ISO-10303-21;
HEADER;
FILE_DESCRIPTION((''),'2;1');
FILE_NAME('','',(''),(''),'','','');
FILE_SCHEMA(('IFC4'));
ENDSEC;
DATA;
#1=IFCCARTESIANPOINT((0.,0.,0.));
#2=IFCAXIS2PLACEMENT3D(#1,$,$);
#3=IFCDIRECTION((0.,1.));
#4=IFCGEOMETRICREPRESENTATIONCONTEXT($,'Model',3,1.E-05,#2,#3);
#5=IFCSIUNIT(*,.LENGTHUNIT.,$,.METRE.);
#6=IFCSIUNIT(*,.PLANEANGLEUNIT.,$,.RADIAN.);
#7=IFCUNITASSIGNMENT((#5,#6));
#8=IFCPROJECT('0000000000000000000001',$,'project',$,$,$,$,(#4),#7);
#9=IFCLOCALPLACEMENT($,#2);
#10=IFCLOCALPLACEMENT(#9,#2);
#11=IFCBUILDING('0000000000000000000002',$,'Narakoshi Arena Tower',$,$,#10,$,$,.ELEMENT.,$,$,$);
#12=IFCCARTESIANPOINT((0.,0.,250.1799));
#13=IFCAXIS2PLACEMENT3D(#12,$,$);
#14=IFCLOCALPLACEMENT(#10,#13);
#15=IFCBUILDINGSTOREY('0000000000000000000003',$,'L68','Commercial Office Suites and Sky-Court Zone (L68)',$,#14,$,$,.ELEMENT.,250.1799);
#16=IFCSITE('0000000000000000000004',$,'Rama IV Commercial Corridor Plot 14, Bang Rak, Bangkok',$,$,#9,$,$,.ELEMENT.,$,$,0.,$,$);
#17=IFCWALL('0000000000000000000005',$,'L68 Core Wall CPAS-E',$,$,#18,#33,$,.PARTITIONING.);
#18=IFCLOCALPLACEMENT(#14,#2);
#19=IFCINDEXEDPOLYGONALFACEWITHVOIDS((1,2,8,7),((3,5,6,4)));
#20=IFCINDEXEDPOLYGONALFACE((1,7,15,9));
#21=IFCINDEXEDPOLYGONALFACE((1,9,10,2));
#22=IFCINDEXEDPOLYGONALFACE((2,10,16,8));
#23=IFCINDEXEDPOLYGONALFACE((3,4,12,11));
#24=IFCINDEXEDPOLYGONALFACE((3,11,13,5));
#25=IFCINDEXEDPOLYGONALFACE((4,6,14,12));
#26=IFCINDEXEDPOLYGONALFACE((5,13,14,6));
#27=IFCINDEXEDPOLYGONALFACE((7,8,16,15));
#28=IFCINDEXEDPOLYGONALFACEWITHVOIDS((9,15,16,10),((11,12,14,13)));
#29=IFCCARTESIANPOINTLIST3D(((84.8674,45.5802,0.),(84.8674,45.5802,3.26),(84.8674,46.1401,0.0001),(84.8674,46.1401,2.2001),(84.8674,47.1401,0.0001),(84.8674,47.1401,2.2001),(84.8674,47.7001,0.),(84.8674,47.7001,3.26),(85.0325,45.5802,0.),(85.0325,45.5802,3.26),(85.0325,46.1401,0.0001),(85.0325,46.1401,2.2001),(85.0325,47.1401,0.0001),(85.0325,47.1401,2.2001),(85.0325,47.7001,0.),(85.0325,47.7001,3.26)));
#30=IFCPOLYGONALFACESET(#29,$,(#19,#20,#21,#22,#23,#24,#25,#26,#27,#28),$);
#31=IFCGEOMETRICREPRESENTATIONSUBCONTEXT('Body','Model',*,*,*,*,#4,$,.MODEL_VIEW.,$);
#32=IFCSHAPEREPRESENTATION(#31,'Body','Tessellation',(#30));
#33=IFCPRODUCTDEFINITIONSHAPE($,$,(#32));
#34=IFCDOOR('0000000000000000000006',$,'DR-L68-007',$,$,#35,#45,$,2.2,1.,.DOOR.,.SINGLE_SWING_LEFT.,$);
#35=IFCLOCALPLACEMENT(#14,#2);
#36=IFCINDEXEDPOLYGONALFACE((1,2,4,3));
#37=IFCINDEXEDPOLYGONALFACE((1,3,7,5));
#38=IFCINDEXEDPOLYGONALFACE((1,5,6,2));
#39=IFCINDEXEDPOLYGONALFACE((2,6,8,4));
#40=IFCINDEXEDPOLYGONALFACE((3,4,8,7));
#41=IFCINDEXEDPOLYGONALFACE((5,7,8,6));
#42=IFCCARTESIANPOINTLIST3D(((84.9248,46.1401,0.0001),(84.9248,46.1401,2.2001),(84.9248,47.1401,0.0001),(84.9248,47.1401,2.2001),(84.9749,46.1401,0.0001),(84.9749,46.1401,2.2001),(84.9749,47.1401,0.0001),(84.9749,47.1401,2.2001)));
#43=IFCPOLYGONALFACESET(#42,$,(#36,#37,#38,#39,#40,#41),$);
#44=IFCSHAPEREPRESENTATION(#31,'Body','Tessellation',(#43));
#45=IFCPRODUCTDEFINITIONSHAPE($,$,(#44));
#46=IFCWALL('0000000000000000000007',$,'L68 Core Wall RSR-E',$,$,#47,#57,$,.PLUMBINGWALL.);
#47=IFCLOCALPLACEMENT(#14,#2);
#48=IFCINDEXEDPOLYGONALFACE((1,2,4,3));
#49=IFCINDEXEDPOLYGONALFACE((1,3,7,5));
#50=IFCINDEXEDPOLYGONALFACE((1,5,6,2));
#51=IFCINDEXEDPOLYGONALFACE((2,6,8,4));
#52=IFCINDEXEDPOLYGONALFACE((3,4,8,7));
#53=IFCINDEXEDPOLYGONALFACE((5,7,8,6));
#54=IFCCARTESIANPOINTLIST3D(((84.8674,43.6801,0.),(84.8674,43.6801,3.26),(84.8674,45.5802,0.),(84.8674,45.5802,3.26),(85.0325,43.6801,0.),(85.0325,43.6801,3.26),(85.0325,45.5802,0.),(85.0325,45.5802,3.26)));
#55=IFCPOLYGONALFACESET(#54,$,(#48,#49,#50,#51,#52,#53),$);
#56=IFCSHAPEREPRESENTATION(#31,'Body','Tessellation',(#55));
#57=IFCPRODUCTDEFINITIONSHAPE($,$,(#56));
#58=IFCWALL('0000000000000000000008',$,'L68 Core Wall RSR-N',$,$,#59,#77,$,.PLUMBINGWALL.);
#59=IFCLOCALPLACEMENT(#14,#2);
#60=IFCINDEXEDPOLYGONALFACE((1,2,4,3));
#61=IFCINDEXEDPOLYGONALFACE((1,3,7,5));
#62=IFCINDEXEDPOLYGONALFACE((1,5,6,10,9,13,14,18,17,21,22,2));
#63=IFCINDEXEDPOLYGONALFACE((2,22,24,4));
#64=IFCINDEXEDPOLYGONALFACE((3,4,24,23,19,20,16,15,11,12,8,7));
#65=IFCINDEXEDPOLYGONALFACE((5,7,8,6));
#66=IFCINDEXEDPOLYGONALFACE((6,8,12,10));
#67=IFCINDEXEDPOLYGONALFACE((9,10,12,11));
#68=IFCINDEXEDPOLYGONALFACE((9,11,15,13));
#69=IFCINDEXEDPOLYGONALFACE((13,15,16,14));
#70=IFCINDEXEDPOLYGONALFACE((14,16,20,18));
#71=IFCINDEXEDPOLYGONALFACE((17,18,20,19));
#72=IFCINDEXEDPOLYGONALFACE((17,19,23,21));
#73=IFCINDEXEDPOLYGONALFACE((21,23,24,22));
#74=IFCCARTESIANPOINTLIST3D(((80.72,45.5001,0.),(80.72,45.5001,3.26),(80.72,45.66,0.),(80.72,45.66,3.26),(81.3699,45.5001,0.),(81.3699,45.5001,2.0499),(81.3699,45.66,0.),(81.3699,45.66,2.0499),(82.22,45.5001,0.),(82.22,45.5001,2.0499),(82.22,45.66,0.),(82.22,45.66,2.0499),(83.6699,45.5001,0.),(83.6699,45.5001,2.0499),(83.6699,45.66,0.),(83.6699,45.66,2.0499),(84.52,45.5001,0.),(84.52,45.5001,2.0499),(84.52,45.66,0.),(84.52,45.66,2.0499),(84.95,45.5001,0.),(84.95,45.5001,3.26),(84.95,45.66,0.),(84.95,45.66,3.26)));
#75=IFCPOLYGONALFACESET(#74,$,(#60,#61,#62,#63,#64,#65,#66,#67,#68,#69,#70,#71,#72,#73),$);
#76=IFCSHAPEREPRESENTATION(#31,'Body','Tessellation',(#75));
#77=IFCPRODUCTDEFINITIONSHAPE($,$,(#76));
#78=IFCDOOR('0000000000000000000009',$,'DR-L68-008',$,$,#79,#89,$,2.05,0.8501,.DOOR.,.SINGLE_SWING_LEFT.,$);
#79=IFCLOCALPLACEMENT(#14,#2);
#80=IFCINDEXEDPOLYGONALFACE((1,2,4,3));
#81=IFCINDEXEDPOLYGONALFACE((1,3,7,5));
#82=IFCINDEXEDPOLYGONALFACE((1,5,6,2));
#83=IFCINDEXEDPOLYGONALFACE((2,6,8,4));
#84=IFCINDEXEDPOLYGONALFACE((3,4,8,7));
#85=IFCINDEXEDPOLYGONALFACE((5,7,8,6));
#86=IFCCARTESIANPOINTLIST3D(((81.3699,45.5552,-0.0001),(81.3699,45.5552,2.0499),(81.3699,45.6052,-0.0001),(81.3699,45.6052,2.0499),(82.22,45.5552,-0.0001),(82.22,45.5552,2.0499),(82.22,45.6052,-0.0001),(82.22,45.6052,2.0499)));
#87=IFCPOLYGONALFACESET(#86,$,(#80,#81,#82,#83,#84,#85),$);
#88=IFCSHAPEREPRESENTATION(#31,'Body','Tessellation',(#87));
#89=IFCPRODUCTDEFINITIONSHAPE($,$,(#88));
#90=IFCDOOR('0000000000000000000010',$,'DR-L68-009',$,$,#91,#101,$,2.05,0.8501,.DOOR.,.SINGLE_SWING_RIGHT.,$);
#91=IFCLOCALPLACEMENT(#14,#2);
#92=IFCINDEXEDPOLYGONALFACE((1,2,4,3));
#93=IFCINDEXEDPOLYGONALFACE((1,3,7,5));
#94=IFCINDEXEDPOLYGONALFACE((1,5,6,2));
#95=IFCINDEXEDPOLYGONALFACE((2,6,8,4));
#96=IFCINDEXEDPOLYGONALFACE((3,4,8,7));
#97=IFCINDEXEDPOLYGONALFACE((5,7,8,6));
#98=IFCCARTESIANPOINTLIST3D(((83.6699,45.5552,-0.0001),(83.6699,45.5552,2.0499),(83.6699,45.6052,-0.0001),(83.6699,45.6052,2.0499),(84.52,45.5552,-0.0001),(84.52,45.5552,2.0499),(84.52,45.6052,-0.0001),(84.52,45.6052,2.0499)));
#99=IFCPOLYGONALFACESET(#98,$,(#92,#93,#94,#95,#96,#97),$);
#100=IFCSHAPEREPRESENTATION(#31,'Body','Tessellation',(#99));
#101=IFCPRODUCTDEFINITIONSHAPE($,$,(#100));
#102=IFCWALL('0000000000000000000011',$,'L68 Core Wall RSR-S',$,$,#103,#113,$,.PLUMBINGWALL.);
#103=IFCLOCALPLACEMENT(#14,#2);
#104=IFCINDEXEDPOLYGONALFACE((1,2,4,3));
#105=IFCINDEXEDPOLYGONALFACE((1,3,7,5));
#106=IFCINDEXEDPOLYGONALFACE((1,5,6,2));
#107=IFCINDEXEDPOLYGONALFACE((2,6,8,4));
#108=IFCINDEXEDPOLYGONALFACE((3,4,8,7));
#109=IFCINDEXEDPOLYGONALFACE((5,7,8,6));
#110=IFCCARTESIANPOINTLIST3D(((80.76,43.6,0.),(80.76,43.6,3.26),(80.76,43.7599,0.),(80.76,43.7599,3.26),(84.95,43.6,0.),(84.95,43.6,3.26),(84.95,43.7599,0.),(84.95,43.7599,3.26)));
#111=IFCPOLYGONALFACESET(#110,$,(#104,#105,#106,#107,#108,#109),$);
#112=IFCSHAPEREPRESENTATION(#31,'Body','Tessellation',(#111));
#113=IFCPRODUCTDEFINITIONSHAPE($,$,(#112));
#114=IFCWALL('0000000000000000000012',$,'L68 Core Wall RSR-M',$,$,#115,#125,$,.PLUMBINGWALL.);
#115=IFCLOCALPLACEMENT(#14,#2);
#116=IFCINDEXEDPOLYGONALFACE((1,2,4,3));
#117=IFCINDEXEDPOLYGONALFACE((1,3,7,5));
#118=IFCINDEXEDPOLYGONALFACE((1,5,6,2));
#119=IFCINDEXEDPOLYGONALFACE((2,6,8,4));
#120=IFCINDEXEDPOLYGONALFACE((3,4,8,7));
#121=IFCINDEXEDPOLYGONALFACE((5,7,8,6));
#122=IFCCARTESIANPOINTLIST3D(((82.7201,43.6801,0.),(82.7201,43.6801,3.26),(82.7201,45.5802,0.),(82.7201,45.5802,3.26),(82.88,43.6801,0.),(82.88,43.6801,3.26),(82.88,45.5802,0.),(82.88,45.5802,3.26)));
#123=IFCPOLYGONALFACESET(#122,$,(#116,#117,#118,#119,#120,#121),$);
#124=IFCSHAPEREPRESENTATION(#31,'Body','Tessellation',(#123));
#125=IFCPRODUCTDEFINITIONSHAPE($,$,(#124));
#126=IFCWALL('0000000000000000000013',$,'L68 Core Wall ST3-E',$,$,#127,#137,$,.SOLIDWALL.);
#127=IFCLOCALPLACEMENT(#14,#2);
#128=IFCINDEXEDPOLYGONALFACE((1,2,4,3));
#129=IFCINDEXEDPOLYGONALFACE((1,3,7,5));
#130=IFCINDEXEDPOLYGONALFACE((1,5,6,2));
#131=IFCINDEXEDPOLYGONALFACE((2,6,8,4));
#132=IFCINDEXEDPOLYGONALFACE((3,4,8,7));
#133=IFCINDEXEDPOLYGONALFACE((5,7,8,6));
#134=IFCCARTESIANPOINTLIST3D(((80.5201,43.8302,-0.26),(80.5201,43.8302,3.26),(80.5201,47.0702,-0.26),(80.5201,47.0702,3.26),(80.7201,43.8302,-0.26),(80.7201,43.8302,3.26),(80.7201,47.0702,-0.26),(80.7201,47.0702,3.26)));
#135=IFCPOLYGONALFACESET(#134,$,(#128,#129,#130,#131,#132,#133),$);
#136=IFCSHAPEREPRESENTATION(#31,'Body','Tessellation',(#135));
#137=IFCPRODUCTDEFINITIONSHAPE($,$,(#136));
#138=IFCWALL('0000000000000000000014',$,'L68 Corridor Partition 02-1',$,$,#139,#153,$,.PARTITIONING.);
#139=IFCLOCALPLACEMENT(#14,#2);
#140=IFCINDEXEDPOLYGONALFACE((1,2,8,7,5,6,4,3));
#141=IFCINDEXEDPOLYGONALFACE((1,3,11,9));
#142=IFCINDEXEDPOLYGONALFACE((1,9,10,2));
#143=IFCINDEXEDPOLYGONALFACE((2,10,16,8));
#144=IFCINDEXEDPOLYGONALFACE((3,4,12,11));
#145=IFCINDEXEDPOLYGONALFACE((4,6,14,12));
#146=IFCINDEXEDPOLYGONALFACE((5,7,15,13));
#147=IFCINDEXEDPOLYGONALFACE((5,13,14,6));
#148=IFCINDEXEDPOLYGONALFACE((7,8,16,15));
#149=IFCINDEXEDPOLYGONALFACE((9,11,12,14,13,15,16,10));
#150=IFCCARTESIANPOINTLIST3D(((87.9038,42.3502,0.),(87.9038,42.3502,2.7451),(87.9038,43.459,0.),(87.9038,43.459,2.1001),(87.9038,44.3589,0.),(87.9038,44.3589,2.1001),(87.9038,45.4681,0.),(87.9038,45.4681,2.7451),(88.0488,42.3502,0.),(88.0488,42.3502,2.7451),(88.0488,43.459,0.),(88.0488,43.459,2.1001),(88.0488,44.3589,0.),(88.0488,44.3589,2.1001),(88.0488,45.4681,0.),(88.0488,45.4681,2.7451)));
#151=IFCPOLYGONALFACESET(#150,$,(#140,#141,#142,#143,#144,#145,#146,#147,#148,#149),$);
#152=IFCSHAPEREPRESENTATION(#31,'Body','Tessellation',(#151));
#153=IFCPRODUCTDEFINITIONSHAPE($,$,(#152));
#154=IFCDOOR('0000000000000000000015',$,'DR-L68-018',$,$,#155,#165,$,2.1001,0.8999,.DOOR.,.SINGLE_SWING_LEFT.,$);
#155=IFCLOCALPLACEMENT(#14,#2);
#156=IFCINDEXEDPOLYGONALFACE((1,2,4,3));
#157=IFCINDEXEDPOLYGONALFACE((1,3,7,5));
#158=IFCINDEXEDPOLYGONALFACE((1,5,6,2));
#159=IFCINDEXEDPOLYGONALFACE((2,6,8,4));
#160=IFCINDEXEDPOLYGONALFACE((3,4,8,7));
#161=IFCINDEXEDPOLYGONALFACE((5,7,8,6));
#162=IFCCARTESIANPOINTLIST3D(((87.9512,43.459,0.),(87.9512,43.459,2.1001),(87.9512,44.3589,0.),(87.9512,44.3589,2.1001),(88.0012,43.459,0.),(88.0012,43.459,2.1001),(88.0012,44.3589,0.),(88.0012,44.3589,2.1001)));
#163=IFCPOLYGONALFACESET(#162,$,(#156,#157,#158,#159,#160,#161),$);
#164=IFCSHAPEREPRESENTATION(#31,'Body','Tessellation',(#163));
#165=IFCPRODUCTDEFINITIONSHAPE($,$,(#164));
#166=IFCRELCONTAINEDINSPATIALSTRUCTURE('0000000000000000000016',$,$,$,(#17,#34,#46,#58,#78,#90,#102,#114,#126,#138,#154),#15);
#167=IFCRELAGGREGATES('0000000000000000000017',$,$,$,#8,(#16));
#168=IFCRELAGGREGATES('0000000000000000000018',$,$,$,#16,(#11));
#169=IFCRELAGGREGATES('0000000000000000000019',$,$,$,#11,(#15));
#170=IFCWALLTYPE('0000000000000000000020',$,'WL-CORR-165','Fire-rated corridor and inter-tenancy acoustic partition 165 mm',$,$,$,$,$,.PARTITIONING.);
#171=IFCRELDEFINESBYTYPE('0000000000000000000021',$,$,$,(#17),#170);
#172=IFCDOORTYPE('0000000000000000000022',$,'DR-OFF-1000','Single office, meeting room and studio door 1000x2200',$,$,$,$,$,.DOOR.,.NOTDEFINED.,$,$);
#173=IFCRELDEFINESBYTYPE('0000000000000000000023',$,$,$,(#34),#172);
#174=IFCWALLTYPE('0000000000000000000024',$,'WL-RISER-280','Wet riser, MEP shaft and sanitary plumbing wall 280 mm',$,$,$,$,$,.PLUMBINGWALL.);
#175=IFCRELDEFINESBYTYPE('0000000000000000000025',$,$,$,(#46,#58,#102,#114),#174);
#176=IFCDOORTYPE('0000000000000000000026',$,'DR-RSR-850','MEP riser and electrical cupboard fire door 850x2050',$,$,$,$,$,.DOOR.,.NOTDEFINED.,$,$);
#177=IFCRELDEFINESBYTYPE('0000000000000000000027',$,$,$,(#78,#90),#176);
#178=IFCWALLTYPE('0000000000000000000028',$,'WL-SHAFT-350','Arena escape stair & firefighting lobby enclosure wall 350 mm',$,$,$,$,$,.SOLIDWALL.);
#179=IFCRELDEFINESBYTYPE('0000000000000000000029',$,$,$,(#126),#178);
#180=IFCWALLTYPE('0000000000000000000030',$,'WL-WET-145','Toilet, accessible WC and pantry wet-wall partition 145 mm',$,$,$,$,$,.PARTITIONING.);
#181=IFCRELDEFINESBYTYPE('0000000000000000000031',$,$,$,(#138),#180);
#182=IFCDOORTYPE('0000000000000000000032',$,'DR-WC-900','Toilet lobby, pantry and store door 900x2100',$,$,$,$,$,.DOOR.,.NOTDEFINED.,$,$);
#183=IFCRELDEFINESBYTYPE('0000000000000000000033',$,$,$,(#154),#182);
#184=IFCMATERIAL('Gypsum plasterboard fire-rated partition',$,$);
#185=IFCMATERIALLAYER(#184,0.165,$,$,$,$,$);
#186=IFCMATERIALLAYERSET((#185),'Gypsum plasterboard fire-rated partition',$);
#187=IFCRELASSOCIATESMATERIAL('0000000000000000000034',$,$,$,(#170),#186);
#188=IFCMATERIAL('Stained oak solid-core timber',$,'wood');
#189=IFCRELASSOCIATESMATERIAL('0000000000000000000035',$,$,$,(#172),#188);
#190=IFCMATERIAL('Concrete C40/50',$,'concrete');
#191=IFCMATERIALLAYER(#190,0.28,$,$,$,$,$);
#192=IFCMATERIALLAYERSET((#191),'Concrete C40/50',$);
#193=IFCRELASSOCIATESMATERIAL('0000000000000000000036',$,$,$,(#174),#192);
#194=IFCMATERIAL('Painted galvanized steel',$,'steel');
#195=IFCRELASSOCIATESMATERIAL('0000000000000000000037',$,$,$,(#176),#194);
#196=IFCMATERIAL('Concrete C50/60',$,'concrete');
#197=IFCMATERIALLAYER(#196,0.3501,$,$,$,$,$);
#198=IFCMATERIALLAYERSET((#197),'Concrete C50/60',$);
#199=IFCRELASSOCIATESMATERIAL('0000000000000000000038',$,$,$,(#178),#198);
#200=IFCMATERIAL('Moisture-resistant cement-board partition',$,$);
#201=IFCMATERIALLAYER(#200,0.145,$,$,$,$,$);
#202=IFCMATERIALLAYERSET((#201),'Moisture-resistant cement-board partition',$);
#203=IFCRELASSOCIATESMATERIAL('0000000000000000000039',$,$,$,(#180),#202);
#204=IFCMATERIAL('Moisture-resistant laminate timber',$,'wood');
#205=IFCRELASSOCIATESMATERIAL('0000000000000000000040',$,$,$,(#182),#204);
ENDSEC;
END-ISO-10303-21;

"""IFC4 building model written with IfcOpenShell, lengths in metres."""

from ifc_helpers import new_model, si_unit, direction, frame, frame_2d, origin, place, context, subcontext, project, spatial, rectangle, extrude, material, layer, layer_set, type_object, element, fill, save


model = new_model("IFC4")

# Units and contexts
model_context = context("Model", 3, precision=1e-05, world=origin(), true_north=direction((0.0, 1.0)))
body_context = subcontext(model_context, "Body", "Model", "MODEL_VIEW")
ifc_project = project(units=[si_unit("LENGTHUNIT", "METRE"), si_unit("PLANEANGLEUNIT", "RADIAN")], contexts=[model_context])

# Site, building, storey
site_placement = place(None, origin())
site = spatial("IfcSite", under=ifc_project, at=site_placement, Name="Rama IV Commercial Corridor Plot 14, Bang Rak, Bangkok", CompositionType="ELEMENT", RefElevation=0.0)
building_placement = place(site_placement, origin())
building = spatial("IfcBuilding", under=site, at=building_placement, Name="Narakoshi Arena Tower", CompositionType="ELEMENT")
storey_placement = place(building_placement, frame((0.0, 0.0, 250.1799)))
storey = spatial("IfcBuildingStorey", under=building, at=storey_placement, Name="L68", Description="Commercial Office Suites and Sky-Court Zone (L68)", CompositionType="ELEMENT", Elevation=250.1799)

# Shared definitions
ifc_material_1 = material(Name="Concrete C50/60", Category="concrete")

# Wall, opening, door
ifc_material_2 = material(Name="Gypsum plasterboard fire-rated partition")
ifc_layer_1 = layer(ifc_material_2, 0.165)
ifc_layer_set_1 = layer_set([ifc_layer_1], Name="Gypsum plasterboard fire-rated partition")
wall_type_1 = type_object("IfcWallType", Name="WL-CORR-165", Description="Fire-rated corridor and inter-tenancy acoustic partition 165 mm", PredefinedType="PARTITIONING", material=ifc_layer_set_1)
wall_1_placement = place(storey_placement, frame((84.95, 45.5801, 0.0), z_axis=(0.0, 0.0, 1.0), x_axis=(0.0, 1.0, 0.0)))
wall_1 = element("IfcWall", 1, at=wall_1_placement, inside=storey, type_object=wall_type_1, Name="L68 Core Wall CPAS-E", PredefinedType="PARTITIONING", context=body_context, shape_type="SweptSolid", body=[
    extrude(rectangle(XDim=2.1199, YDim=0.165, at=frame_2d((1.0601, 0.0))), origin(), (0.0, 0.0, 1.0), 3.26),
])
opening_1_placement = place(wall_1_placement, frame((0.5601, 0.0, 0.0)))
opening_1 = element("IfcOpeningElement", 2, at=opening_1_placement, cuts=wall_1, PredefinedType="OPENING", context=body_context, shape_type="SweptSolid", body=[
    extrude(rectangle(XDim=1.0, YDim=2.2, at=frame_2d((0.5, 1.1001))), frame((0.0, 0.0925, 0.0), z_axis=(0.0, -1.0, 0.0), x_axis=(1.0, 0.0, 0.0)), (0.0, 0.0, 1.0), 0.1851),
])
ifc_material_3 = material(Name="Stained oak solid-core timber", Category="wood")
door_type_1 = type_object("IfcDoorType", Name="DR-OFF-1000", Description="Single office, meeting room and studio door 1000x2200", OperationType="NOTDEFINED", PredefinedType="DOOR", material=ifc_material_3)
door_1_placement = place(opening_1_placement, frame((1.0, 0.0, 0.0), z_axis=(0.0, 0.0, 1.0), x_axis=(-1.0, 0.0, 0.0)))
door_1 = element("IfcDoor", 3, at=door_1_placement, inside=storey, type_object=door_type_1, Name="DR-L68-007", OperationType="SINGLE_SWING_LEFT", OverallHeight=2.2, OverallWidth=1.0, PredefinedType="DOOR", context=body_context, shape_type="SweptSolid", body=[
    extrude(rectangle(XDim=1.0, YDim=2.2, at=frame_2d((0.5, 1.1001))), frame((0.0, 0.0249, 0.0), z_axis=(0.0, -1.0, 0.0), x_axis=(1.0, 0.0, 0.0)), (0.0, 0.0, 1.0), 0.05),
])
fill(opening_1, door_1)

# Wall
ifc_material_4 = material(Name="Concrete C40/50", Category="concrete")
ifc_layer_2 = layer(ifc_material_4, 0.28)
ifc_layer_set_2 = layer_set([ifc_layer_2], Name="Concrete C40/50")
wall_type_2 = type_object("IfcWallType", Name="WL-RISER-280", Description="Wet riser, MEP shaft and sanitary plumbing wall 280 mm", PredefinedType="PLUMBINGWALL", material=ifc_layer_set_2)
wall_2_placement = place(storey_placement, frame((84.95, 43.6799, 0.0), z_axis=(0.0, 0.0, 1.0), x_axis=(0.0, 1.0, 0.0)))
element("IfcWall", 4, at=wall_2_placement, inside=storey, type_object=wall_type_2, Name="L68 Core Wall RSR-E", PredefinedType="PLUMBINGWALL", context=body_context, shape_type="SweptSolid", body=[
    extrude(rectangle(XDim=1.9001, YDim=0.165, at=frame_2d((0.9502, 0.0))), origin(), (0.0, 0.0, 1.0), 3.26),
])

# Wall, openings, doors
wall_3_placement = place(storey_placement, frame((80.72, 45.5801, 0.0), z_axis=(0.0, 0.0, 1.0), x_axis=(1.0, 0.0, 0.0)))
wall_3 = element("IfcWall", 5, at=wall_3_placement, inside=storey, type_object=wall_type_2, Name="L68 Core Wall RSR-N", PredefinedType="PLUMBINGWALL", context=body_context, shape_type="SweptSolid", body=[
    extrude(rectangle(XDim=4.23, YDim=0.1599, at=frame_2d((2.115, 0.0))), origin(), (0.0, 0.0, 1.0), 3.26),
])
opening_2_placement = place(wall_3_placement, frame((0.6499, 0.0, 0.0)))
opening_2 = element("IfcOpeningElement", 6, at=opening_2_placement, cuts=wall_3, PredefinedType="OPENING", context=body_context, shape_type="SweptSolid", body=[
    extrude(rectangle(XDim=0.8501, YDim=2.05, at=frame_2d((0.425, 1.0249))), frame((0.0, 0.0898, 0.0), z_axis=(0.0, -1.0, 0.0), x_axis=(1.0, 0.0, 0.0)), (0.0, 0.0, 1.0), 0.1799),
])
opening_3_placement = place(wall_3_placement, frame((2.95, 0.0, 0.0)))
opening_3 = element("IfcOpeningElement", 7, at=opening_3_placement, cuts=wall_3, PredefinedType="OPENING", context=body_context, shape_type="SweptSolid", body=[
    extrude(rectangle(XDim=0.8501, YDim=2.05, at=frame_2d((0.425, 1.0249))), frame((0.0, 0.0898, 0.0), z_axis=(0.0, -1.0, 0.0), x_axis=(1.0, 0.0, 0.0)), (0.0, 0.0, 1.0), 0.1799),
])
ifc_material_5 = material(Name="Painted galvanized steel", Category="steel")
door_type_2 = type_object("IfcDoorType", Name="DR-RSR-850", Description="MEP riser and electrical cupboard fire door 850x2050", OperationType="NOTDEFINED", PredefinedType="DOOR", material=ifc_material_5)
door_2_placement = place(opening_2_placement, frame((0.8501, 0.0, 0.0), z_axis=(0.0, 0.0, 1.0), x_axis=(-1.0, 0.0, 0.0)))
door_2 = element("IfcDoor", 8, at=door_2_placement, inside=storey, type_object=door_type_2, Name="DR-L68-008", OperationType="SINGLE_SWING_LEFT", OverallHeight=2.05, OverallWidth=0.8501, PredefinedType="DOOR", context=body_context, shape_type="SweptSolid", body=[
    extrude(rectangle(XDim=0.8501, YDim=2.05, at=frame_2d((0.425, 1.0249))), frame((0.0, 0.0249, 0.0), z_axis=(0.0, -1.0, 0.0), x_axis=(1.0, 0.0, 0.0)), (0.0, 0.0, 1.0), 0.05),
])
fill(opening_2, door_2)
door_3_placement = place(opening_3_placement, frame((0.8501, 0.0, 0.0), z_axis=(0.0, 0.0, 1.0), x_axis=(-1.0, 0.0, 0.0)))
door_3 = element("IfcDoor", 9, at=door_3_placement, inside=storey, type_object=door_type_2, Name="DR-L68-009", OperationType="SINGLE_SWING_RIGHT", OverallHeight=2.05, OverallWidth=0.8501, PredefinedType="DOOR", context=body_context, shape_type="SweptSolid", body=[
    extrude(rectangle(XDim=0.8501, YDim=2.05, at=frame_2d((0.425, 1.0249))), frame((0.0, 0.0249, 0.0), z_axis=(0.0, -1.0, 0.0), x_axis=(1.0, 0.0, 0.0)), (0.0, 0.0, 1.0), 0.05),
])
fill(opening_3, door_3)

# Walls
wall_4_placement = place(storey_placement, frame((80.76, 43.6799, 0.0), z_axis=(0.0, 0.0, 1.0), x_axis=(1.0, 0.0, 0.0)))
element("IfcWall", 10, at=wall_4_placement, inside=storey, type_object=wall_type_2, Name="L68 Core Wall RSR-S", PredefinedType="PLUMBINGWALL", context=body_context, shape_type="SweptSolid", body=[
    extrude(rectangle(XDim=4.1899, YDim=0.1599, at=frame_2d((2.095, 0.0))), origin(), (0.0, 0.0, 1.0), 3.26),
])
wall_5_placement = place(storey_placement, frame((82.8, 43.6799, 0.0), z_axis=(0.0, 0.0, 1.0), x_axis=(0.0, 1.0, 0.0)))
element("IfcWall", 11, at=wall_5_placement, inside=storey, type_object=wall_type_2, Name="L68 Core Wall RSR-M", PredefinedType="PLUMBINGWALL", context=body_context, shape_type="SweptSolid", body=[
    extrude(rectangle(XDim=1.9001, YDim=0.1599, at=frame_2d((0.9502, 0.0))), origin(), (0.0, 0.0, 1.0), 3.26),
])
ifc_layer_3 = layer(ifc_material_1, 0.3501)
ifc_layer_set_3 = layer_set([ifc_layer_3], Name="Concrete C50/60")
wall_type_3 = type_object("IfcWallType", Name="WL-SHAFT-350", Description="Arena escape stair & firefighting lobby enclosure wall 350 mm", PredefinedType="SOLIDWALL", material=ifc_layer_set_3)
wall_6_placement = place(storey_placement, frame((80.6201, 43.8301, -0.26), z_axis=(0.0, 0.0, 1.0), x_axis=(0.0, 1.0, 0.0)))
element("IfcWall", 12, at=wall_6_placement, inside=storey, type_object=wall_type_3, Name="L68 Core Wall ST3-E", PredefinedType="SOLIDWALL", context=body_context, shape_type="SweptSolid", body=[
    extrude(rectangle(XDim=3.24, YDim=0.2, at=frame_2d((1.6201, 0.0))), origin(), (0.0, 0.0, 1.0), 3.52),
])

# Wall, opening, door
ifc_material_6 = material(Name="Moisture-resistant cement-board partition")
ifc_layer_4 = layer(ifc_material_6, 0.145)
ifc_layer_set_4 = layer_set([ifc_layer_4], Name="Moisture-resistant cement-board partition")
wall_type_4 = type_object("IfcWallType", Name="WL-WET-145", Description="Toilet, accessible WC and pantry wet-wall partition 145 mm", PredefinedType="PARTITIONING", material=ifc_layer_set_4)
wall_7_placement = place(storey_placement, frame((87.9763, 42.3501, 0.0), z_axis=(0.0, 0.0, 1.0), x_axis=(0.0, 1.0, 0.0)))
wall_7 = element("IfcWall", 13, at=wall_7_placement, inside=storey, type_object=wall_type_4, Name="L68 Corridor Partition 02-1", PredefinedType="PARTITIONING", context=body_context, shape_type="SweptSolid", body=[
    extrude(rectangle(XDim=3.1179, YDim=0.145, at=frame_2d((1.5591, 0.0))), origin(), (0.0, 0.0, 1.0), 2.7451),
])
opening_4_placement = place(wall_7_placement, frame((1.1089, 0.0, 0.0)))
opening_4 = element("IfcOpeningElement", 14, at=opening_4_placement, cuts=wall_7, PredefinedType="OPENING", context=body_context, shape_type="SweptSolid", body=[
    extrude(rectangle(XDim=0.8999, YDim=2.1001, at=frame_2d((0.45, 1.05))), frame((0.0, 0.0825, 0.0), z_axis=(0.0, -1.0, 0.0), x_axis=(1.0, 0.0, 0.0)), (0.0, 0.0, 1.0), 0.165),
])
ifc_material_7 = material(Name="Moisture-resistant laminate timber", Category="wood")
door_type_3 = type_object("IfcDoorType", Name="DR-WC-900", Description="Toilet lobby, pantry and store door 900x2100", OperationType="NOTDEFINED", PredefinedType="DOOR", material=ifc_material_7)
door_4_placement = place(opening_4_placement, frame((0.8999, 0.0, 0.0), z_axis=(0.0, 0.0, 1.0), x_axis=(-1.0, 0.0, 0.0)))
door_4 = element("IfcDoor", 15, at=door_4_placement, inside=storey, type_object=door_type_3, Name="DR-L68-018", OperationType="SINGLE_SWING_LEFT", OverallHeight=2.1001, OverallWidth=0.8999, PredefinedType="DOOR", context=body_context, shape_type="SweptSolid", body=[
    extrude(rectangle(XDim=0.8999, YDim=2.1001, at=frame_2d((0.45, 1.05))), frame((0.0, 0.0249, 0.0), z_axis=(0.0, -1.0, 0.0), x_axis=(1.0, 0.0, 0.0)), (0.0, 0.0, 1.0), 0.05),
])
fill(opening_4, door_4)

save(model, "model.ifc")
